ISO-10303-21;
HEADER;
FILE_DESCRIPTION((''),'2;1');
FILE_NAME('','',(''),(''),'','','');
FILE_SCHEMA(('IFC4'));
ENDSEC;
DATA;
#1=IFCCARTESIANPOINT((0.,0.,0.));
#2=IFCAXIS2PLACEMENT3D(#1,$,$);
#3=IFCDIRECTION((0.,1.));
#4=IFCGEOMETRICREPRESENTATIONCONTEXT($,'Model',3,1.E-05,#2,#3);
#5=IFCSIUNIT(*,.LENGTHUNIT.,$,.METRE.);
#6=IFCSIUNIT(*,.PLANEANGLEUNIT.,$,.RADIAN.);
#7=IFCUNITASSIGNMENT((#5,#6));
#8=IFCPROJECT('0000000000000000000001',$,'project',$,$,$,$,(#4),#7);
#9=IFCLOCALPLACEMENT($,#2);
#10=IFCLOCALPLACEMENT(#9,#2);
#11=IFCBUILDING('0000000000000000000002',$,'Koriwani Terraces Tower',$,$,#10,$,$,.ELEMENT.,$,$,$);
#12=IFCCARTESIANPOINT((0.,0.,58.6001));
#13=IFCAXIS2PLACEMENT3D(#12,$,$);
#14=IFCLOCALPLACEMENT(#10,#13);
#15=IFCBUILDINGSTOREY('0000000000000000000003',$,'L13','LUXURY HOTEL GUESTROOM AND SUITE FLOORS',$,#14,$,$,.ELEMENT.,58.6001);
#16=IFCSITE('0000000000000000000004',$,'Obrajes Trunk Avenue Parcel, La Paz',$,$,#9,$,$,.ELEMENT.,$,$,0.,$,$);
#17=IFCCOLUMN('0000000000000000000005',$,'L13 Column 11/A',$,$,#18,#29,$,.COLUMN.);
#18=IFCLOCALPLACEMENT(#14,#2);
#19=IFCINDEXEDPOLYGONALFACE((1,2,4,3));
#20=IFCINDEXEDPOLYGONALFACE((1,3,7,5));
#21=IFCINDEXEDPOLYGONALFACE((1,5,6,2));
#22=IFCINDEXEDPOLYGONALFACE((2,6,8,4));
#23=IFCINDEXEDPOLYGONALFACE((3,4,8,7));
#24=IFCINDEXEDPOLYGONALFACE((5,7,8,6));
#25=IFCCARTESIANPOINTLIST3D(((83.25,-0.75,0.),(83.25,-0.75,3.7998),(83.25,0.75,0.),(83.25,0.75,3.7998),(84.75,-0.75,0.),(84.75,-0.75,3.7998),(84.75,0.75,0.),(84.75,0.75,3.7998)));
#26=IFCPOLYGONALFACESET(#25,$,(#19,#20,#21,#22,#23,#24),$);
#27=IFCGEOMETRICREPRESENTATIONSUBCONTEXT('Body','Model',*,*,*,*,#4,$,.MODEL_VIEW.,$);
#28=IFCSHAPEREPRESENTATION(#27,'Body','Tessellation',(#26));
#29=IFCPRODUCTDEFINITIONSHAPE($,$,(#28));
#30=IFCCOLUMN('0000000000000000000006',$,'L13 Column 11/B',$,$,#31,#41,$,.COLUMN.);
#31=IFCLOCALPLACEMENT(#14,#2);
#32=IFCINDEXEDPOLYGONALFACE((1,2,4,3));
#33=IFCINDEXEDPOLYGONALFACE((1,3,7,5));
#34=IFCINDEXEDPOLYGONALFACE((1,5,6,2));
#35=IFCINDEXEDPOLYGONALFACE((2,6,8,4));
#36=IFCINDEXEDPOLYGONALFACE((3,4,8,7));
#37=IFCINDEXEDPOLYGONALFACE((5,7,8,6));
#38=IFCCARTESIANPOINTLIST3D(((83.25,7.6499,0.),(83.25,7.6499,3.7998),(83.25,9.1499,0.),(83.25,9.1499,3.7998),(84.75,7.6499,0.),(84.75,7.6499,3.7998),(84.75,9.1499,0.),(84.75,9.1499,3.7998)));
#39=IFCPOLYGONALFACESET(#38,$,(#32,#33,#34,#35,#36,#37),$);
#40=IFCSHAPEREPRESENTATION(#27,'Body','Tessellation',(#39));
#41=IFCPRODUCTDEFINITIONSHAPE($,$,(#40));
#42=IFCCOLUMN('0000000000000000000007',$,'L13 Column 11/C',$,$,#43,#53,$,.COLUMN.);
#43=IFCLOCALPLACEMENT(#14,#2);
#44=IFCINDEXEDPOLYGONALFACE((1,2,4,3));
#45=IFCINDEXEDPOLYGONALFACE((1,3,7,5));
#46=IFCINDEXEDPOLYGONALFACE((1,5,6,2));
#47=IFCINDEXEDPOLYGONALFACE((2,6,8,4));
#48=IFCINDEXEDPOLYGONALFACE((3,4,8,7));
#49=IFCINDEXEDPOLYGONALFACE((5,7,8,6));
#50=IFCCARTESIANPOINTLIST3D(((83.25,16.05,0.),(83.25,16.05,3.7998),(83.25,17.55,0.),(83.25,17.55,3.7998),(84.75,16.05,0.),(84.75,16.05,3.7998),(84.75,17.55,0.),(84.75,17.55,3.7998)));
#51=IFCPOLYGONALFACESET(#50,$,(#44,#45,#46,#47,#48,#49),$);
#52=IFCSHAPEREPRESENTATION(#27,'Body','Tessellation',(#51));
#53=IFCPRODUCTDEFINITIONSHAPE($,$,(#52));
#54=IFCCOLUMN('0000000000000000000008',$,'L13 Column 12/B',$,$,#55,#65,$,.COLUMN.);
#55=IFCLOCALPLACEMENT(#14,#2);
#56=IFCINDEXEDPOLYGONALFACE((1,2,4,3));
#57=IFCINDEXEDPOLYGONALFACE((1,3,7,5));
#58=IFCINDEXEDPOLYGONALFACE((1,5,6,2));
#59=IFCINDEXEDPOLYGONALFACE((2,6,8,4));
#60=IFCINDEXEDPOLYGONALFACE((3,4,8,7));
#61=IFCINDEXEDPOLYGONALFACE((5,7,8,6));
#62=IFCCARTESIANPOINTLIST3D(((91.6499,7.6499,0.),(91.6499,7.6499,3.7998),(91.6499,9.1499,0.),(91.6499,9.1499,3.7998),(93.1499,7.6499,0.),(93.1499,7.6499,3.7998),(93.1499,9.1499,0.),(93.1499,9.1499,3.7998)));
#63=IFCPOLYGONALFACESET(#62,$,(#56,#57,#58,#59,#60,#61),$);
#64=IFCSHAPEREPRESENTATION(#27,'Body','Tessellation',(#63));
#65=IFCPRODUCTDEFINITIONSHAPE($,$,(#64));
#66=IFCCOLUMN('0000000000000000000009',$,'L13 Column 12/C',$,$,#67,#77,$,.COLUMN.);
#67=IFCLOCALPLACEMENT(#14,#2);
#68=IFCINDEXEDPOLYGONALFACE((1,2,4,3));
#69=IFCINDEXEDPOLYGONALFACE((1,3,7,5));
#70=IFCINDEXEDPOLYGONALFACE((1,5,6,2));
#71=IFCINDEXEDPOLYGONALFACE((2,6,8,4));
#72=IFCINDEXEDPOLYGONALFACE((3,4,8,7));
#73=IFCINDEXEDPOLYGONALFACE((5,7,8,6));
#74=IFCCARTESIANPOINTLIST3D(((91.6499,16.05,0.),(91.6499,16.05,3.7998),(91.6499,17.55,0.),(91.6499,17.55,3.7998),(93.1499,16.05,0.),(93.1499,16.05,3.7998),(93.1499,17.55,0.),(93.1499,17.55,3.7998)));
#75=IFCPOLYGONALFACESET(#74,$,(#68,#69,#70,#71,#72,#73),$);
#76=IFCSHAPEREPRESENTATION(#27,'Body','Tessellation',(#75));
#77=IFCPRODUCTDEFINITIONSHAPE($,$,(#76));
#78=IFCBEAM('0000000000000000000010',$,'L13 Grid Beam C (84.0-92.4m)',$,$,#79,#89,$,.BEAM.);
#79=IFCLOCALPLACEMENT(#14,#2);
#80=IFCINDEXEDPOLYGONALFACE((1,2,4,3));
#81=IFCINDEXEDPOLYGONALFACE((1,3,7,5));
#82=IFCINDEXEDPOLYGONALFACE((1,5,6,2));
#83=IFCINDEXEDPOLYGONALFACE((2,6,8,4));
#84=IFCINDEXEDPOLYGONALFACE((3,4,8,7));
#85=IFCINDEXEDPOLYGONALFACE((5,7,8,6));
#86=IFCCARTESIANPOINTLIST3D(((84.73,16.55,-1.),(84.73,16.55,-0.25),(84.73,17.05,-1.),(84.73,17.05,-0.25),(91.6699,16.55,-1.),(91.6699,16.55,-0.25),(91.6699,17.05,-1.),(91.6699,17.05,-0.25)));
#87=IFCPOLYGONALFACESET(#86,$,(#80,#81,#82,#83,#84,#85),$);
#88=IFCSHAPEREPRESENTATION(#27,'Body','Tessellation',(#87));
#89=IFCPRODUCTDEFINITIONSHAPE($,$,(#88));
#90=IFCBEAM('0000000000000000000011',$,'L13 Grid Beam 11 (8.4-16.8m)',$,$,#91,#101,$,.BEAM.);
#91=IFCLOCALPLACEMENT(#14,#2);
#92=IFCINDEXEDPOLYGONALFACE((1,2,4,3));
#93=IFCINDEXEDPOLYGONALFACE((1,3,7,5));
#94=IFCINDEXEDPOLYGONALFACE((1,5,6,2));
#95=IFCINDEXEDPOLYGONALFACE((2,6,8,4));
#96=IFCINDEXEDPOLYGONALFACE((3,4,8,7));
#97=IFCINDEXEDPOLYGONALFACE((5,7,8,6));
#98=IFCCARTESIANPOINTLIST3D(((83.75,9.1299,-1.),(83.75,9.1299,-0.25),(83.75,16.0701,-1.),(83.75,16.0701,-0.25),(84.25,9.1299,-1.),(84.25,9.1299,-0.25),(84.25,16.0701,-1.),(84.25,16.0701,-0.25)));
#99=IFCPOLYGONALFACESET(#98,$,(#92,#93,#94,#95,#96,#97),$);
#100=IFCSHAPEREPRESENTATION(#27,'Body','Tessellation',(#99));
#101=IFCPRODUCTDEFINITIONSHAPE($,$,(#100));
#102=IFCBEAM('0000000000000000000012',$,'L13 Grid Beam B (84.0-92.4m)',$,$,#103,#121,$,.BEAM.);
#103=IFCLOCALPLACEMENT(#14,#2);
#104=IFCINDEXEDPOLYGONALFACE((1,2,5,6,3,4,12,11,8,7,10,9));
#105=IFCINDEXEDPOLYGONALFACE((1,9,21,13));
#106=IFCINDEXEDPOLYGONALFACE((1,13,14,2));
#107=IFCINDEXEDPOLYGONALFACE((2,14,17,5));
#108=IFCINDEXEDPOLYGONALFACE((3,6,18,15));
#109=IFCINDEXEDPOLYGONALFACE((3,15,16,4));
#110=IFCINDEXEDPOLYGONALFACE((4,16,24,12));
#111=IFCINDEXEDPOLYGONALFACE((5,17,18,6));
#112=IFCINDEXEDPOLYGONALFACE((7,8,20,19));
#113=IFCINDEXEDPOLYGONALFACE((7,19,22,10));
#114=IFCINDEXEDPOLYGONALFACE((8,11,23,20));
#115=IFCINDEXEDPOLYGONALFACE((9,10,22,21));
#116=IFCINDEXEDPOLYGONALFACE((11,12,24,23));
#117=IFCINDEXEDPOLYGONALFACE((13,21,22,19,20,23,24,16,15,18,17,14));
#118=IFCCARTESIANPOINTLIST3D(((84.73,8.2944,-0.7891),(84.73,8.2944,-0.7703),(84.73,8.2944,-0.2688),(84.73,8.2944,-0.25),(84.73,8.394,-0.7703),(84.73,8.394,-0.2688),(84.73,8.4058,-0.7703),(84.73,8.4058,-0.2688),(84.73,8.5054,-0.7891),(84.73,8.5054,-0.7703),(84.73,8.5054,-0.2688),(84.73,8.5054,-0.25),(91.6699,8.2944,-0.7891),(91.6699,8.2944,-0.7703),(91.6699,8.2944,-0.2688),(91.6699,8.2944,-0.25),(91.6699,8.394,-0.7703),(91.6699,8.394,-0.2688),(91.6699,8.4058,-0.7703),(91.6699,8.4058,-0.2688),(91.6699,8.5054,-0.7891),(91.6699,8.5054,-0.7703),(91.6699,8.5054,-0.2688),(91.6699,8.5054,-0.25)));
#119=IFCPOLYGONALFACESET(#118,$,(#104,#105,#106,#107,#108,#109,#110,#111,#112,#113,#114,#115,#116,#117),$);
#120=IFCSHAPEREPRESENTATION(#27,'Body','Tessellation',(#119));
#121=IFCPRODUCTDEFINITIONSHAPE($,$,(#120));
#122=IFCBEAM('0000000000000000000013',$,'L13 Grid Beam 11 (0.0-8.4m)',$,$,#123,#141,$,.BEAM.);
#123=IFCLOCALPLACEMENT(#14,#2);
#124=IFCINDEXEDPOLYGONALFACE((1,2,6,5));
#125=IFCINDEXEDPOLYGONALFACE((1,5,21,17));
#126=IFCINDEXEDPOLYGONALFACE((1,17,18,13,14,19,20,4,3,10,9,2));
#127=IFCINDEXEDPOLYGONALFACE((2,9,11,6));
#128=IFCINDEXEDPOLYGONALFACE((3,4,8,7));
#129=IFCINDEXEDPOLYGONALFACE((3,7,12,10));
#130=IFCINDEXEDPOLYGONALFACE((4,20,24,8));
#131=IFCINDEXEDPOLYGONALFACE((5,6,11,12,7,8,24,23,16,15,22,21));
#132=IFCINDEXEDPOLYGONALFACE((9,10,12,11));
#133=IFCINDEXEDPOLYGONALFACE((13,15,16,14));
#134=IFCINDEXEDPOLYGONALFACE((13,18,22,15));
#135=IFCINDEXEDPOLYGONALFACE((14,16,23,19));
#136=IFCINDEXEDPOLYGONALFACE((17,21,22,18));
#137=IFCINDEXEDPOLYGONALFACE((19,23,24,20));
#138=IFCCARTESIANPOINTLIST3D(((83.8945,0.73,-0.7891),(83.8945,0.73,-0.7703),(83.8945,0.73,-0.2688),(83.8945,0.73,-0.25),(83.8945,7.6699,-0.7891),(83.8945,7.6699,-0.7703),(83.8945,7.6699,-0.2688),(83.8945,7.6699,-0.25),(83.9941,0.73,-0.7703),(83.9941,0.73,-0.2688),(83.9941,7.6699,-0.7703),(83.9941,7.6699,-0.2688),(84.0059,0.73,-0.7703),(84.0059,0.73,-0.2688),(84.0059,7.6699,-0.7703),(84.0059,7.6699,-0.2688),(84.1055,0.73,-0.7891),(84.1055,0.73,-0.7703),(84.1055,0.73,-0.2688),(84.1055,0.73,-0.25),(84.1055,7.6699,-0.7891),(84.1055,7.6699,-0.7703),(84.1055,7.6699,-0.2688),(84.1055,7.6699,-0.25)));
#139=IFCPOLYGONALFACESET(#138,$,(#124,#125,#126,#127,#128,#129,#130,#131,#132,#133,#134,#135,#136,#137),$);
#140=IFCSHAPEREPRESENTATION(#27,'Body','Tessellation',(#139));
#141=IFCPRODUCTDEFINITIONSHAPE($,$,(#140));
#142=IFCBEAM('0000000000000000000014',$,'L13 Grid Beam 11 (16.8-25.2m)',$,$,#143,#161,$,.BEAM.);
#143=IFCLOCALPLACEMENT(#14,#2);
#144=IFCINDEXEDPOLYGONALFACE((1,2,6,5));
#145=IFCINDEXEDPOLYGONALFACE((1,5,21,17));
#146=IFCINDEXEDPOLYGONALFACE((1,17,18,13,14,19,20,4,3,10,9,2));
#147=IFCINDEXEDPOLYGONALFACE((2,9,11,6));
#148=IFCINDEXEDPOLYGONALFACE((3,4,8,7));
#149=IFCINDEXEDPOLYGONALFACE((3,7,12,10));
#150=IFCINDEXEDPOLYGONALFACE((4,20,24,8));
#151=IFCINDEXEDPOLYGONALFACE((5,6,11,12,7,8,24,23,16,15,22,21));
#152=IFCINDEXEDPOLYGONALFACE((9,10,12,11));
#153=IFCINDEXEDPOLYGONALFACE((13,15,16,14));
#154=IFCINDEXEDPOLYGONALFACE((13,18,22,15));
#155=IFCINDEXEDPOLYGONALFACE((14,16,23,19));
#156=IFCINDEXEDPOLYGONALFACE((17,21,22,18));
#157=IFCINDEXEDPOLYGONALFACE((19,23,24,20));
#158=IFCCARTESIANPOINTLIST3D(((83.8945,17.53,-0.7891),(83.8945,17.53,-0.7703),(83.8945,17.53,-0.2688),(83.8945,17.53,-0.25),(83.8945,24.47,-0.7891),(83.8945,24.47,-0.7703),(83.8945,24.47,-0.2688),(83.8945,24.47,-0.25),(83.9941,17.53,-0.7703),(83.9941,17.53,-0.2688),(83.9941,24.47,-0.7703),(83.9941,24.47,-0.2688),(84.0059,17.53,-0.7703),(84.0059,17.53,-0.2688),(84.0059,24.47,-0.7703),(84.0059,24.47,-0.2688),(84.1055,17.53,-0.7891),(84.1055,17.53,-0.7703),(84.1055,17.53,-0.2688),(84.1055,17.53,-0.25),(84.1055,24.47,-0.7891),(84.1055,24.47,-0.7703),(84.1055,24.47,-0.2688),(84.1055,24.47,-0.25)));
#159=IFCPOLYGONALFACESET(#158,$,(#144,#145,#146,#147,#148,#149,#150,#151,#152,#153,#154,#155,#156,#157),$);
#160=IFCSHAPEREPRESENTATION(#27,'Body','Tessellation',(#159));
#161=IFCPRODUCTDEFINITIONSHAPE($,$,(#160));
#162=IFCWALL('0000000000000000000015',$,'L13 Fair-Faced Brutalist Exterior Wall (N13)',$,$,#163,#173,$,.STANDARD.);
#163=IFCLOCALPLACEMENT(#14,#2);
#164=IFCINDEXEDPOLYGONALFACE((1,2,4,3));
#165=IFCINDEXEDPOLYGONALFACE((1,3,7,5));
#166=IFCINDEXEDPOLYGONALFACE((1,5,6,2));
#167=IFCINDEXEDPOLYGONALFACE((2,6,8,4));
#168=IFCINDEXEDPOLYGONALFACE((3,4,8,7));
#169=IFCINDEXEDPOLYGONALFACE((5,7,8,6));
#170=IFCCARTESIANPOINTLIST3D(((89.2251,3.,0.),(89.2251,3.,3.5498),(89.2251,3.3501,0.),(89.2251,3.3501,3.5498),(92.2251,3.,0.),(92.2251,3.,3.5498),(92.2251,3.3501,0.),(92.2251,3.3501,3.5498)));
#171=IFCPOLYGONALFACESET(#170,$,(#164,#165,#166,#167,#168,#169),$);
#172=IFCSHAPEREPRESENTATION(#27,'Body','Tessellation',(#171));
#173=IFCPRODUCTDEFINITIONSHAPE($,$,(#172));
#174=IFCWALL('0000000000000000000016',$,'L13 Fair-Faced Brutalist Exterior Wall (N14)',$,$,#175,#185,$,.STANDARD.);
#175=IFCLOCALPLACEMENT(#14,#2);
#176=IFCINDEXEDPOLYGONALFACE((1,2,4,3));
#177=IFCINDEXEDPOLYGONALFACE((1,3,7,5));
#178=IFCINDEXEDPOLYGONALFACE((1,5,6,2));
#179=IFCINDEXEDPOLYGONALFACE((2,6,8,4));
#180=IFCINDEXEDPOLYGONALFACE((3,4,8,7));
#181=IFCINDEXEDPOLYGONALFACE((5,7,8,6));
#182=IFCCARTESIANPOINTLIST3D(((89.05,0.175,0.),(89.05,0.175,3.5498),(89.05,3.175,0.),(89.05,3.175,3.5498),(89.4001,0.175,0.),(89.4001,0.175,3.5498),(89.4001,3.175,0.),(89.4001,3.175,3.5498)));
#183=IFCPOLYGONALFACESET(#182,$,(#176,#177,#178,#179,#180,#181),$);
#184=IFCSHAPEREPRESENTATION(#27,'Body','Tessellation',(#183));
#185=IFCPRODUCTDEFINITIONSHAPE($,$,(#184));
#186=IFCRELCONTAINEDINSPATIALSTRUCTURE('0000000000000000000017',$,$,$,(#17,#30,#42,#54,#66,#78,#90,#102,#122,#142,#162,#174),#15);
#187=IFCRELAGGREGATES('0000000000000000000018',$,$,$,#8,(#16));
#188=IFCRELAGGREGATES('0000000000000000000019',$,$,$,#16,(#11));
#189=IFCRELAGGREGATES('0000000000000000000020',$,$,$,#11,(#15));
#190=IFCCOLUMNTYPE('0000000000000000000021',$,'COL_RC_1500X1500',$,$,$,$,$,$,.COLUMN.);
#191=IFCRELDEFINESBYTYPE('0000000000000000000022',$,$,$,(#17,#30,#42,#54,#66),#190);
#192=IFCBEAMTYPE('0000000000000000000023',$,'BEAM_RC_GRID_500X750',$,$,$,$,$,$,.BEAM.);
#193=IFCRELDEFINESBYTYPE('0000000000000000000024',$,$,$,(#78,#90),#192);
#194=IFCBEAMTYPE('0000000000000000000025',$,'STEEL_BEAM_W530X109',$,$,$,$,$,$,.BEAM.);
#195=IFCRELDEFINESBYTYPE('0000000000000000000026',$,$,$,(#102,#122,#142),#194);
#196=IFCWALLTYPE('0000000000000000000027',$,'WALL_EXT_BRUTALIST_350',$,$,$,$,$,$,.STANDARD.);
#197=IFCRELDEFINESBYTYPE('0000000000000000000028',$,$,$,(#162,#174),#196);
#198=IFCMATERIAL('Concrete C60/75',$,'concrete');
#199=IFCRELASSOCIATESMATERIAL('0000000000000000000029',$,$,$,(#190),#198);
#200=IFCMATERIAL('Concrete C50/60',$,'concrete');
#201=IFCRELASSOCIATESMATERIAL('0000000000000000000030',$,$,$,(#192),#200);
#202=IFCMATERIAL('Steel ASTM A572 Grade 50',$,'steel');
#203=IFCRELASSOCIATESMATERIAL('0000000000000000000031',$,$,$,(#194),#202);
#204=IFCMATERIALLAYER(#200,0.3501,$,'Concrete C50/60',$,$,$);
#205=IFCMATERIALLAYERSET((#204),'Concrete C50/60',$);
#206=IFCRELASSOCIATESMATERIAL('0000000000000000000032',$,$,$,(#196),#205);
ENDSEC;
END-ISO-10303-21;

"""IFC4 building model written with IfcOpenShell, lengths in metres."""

from ifc_helpers import new_model, si_unit, direction, frame, frame_2d, origin, origin_2d, place, context, subcontext, project, spatial, rectangle, i_section, extrude, material, layer, layer_set, material_profile, profile_set, type_object, element, save


model = new_model("IFC4")

# Units and contexts
model_context = context("Model", 3, precision=1e-05, world=origin(), true_north=direction((0.0, 1.0)))
body_context = subcontext(model_context, "Body", "Model", "MODEL_VIEW")
ifc_project = project(units=[si_unit("LENGTHUNIT", "METRE"), si_unit("PLANEANGLEUNIT", "RADIAN")], contexts=[model_context])

# Site, building, storey
site_placement = place(None, origin())
site = spatial("IfcSite", under=ifc_project, at=site_placement, Name="Obrajes Trunk Avenue Parcel, La Paz", CompositionType="ELEMENT", RefElevation=0.0)
building_placement = place(site_placement, origin())
building = spatial("IfcBuilding", under=site, at=building_placement, Name="Koriwani Terraces Tower", CompositionType="ELEMENT")
storey_placement = place(building_placement, frame((0.0, 0.0, 58.6001)))
storey = spatial("IfcBuildingStorey", under=building, at=storey_placement, Name="L13", Description="LUXURY HOTEL GUESTROOM AND SUITE FLOORS", CompositionType="ELEMENT", Elevation=58.6001)

# Columns
ifc_material_1 = material(Name="Concrete C60/75", Category="concrete")
ifc_material_profile_1 = material_profile(ifc_material_1, rectangle(XDim=1.5, YDim=1.5, at=origin_2d()), Name="Concrete C60/75", Category="LoadBearing")
ifc_profile_set_1 = profile_set([ifc_material_profile_1], Name="Concrete C60/75")
column_type = type_object("IfcColumnType", Name="COL_RC_1500X1500", PredefinedType="COLUMN", material=ifc_profile_set_1)
for number, where, z_axis, x_axis, name in (
    (1, (84.0, 0.0, 0.0), (0.0, 0.0, 1.0), (1.0, 0.0, 0.0), "L13 Column 11/A"),
    (2, (84.0, 8.3999, 0.0), (0.0, 0.0, 1.0), (1.0, 0.0, 0.0), "L13 Column 11/B"),
    (3, (84.0, 16.8, 0.0), (0.0, 0.0, 1.0), (1.0, 0.0, 0.0), "L13 Column 11/C"),
    (4, (92.3999, 8.3999, 0.0), (0.0, 0.0, 1.0), (1.0, 0.0, 0.0), "L13 Column 12/B"),
    (5, (92.3999, 16.8, 0.0), (0.0, 0.0, 1.0), (1.0, 0.0, 0.0), "L13 Column 12/C"),
):
    element("IfcColumn", number, at=place(storey_placement, frame(where, z_axis=z_axis, x_axis=x_axis)), inside=storey, type_object=column_type, Name=name, PredefinedType="COLUMN", context=body_context, shape_type="SweptSolid", body=[
        extrude(rectangle(XDim=1.5, YDim=1.5, at=origin_2d()), origin(), (0.0, 0.0, 1.0), 3.7998),
    ])

# Beams
ifc_material_2 = material(Name="Concrete C50/60", Category="concrete")
ifc_material_profile_2 = material_profile(ifc_material_2, rectangle(XDim=0.5, YDim=0.75, at=origin_2d()), Name="Concrete C50/60", Category="LoadBearing")
ifc_profile_set_2 = profile_set([ifc_material_profile_2], Name="Concrete C50/60")
beam_type_1 = type_object("IfcBeamType", Name="BEAM_RC_GRID_500X750", PredefinedType="BEAM", material=ifc_profile_set_2)
beam_1_placement = place(storey_placement, frame((84.73, 16.8, -0.625), z_axis=(1.0, 0.0, 0.0), x_axis=(0.0, 1.0, 0.0)))
element("IfcBeam", 6, at=beam_1_placement, inside=storey, type_object=beam_type_1, Name="L13 Grid Beam C (84.0-92.4m)", PredefinedType="BEAM", context=body_context, shape_type="SweptSolid", body=[
    extrude(rectangle(XDim=0.5, YDim=0.75, at=origin_2d()), origin(), (0.0, 0.0, 1.0), 6.9399),
])
beam_2_placement = place(storey_placement, frame((84.0, 9.1299, -0.625), z_axis=(0.0, 1.0, 0.0), x_axis=(-1.0, 0.0, 0.0)))
element("IfcBeam", 7, at=beam_2_placement, inside=storey, type_object=beam_type_1, Name="L13 Grid Beam 11 (8.4-16.8m)", PredefinedType="BEAM", context=body_context, shape_type="SweptSolid", body=[
    extrude(rectangle(XDim=0.5, YDim=0.75, at=origin_2d()), origin(), (0.0, 0.0, 1.0), 6.9402),
])
ifc_material_3 = material(Name="Steel ASTM A572 Grade 50", Category="steel")
ifc_material_profile_3 = material_profile(ifc_material_3, i_section(OverallWidth=0.2109, OverallDepth=0.5391, WebThickness=0.0117, FlangeThickness=0.0188, at=origin_2d()), Name="Steel ASTM A572 Grade 50", Category="LoadBearing")
ifc_profile_set_3 = profile_set([ifc_material_profile_3], Name="Steel ASTM A572 Grade 50")
beam_type_2 = type_object("IfcBeamType", Name="STEEL_BEAM_W530X109", PredefinedType="BEAM", material=ifc_profile_set_3)
for number, where, z_axis, x_axis, name in (
    (8, (84.73, 8.3999, -0.5195), (1.0, 0.0, 0.0), (0.0, 1.0, 0.0), "L13 Grid Beam B (84.0-92.4m)"),
    (9, (84.0, 0.73, -0.5195), (0.0, 1.0, 0.0), (-1.0, 0.0, 0.0), "L13 Grid Beam 11 (0.0-8.4m)"),
    (10, (84.0, 17.53, -0.5195), (0.0, 1.0, 0.0), (-1.0, 0.0, 0.0), "L13 Grid Beam 11 (16.8-25.2m)"),
):
    element("IfcBeam", number, at=place(storey_placement, frame(where, z_axis=z_axis, x_axis=x_axis)), inside=storey, type_object=beam_type_2, Name=name, PredefinedType="BEAM", context=body_context, shape_type="SweptSolid", body=[
        extrude(i_section(OverallWidth=0.2109, OverallDepth=0.5391, WebThickness=0.0117, FlangeThickness=0.0188, at=origin_2d()), origin(), (0.0, 0.0, 1.0), 6.9399),
    ])

# Walls
ifc_layer_1 = layer(ifc_material_2, 0.3501, Name="Concrete C50/60")
ifc_layer_set_1 = layer_set([ifc_layer_1], Name="Concrete C50/60")
wall_type_1 = type_object("IfcWallType", Name="WALL_EXT_BRUTALIST_350", PredefinedType="STANDARD", material=ifc_layer_set_1)
for number, where, z_axis, x_axis, name in (
    (11, (92.2251, 3.175, 0.0), (0.0, 0.0, 1.0), (-1.0, 0.0, 0.0), "L13 Fair-Faced Brutalist Exterior Wall (N13)"),
    (12, (89.2251, 3.175, 0.0), (0.0, 0.0, 1.0), (0.0, -1.0, 0.0), "L13 Fair-Faced Brutalist Exterior Wall (N14)"),
):
    element("IfcWall", number, at=place(storey_placement, frame(where, z_axis=z_axis, x_axis=x_axis)), inside=storey, type_object=wall_type_1, Name=name, PredefinedType="STANDARD", context=body_context, shape_type="SweptSolid", body=[
        extrude(rectangle(XDim=3.0, YDim=0.3501, at=frame_2d((1.5, 0.0))), origin(), (0.0, 0.0, 1.0), 3.5498),
    ])

save(model, "model.ifc")
